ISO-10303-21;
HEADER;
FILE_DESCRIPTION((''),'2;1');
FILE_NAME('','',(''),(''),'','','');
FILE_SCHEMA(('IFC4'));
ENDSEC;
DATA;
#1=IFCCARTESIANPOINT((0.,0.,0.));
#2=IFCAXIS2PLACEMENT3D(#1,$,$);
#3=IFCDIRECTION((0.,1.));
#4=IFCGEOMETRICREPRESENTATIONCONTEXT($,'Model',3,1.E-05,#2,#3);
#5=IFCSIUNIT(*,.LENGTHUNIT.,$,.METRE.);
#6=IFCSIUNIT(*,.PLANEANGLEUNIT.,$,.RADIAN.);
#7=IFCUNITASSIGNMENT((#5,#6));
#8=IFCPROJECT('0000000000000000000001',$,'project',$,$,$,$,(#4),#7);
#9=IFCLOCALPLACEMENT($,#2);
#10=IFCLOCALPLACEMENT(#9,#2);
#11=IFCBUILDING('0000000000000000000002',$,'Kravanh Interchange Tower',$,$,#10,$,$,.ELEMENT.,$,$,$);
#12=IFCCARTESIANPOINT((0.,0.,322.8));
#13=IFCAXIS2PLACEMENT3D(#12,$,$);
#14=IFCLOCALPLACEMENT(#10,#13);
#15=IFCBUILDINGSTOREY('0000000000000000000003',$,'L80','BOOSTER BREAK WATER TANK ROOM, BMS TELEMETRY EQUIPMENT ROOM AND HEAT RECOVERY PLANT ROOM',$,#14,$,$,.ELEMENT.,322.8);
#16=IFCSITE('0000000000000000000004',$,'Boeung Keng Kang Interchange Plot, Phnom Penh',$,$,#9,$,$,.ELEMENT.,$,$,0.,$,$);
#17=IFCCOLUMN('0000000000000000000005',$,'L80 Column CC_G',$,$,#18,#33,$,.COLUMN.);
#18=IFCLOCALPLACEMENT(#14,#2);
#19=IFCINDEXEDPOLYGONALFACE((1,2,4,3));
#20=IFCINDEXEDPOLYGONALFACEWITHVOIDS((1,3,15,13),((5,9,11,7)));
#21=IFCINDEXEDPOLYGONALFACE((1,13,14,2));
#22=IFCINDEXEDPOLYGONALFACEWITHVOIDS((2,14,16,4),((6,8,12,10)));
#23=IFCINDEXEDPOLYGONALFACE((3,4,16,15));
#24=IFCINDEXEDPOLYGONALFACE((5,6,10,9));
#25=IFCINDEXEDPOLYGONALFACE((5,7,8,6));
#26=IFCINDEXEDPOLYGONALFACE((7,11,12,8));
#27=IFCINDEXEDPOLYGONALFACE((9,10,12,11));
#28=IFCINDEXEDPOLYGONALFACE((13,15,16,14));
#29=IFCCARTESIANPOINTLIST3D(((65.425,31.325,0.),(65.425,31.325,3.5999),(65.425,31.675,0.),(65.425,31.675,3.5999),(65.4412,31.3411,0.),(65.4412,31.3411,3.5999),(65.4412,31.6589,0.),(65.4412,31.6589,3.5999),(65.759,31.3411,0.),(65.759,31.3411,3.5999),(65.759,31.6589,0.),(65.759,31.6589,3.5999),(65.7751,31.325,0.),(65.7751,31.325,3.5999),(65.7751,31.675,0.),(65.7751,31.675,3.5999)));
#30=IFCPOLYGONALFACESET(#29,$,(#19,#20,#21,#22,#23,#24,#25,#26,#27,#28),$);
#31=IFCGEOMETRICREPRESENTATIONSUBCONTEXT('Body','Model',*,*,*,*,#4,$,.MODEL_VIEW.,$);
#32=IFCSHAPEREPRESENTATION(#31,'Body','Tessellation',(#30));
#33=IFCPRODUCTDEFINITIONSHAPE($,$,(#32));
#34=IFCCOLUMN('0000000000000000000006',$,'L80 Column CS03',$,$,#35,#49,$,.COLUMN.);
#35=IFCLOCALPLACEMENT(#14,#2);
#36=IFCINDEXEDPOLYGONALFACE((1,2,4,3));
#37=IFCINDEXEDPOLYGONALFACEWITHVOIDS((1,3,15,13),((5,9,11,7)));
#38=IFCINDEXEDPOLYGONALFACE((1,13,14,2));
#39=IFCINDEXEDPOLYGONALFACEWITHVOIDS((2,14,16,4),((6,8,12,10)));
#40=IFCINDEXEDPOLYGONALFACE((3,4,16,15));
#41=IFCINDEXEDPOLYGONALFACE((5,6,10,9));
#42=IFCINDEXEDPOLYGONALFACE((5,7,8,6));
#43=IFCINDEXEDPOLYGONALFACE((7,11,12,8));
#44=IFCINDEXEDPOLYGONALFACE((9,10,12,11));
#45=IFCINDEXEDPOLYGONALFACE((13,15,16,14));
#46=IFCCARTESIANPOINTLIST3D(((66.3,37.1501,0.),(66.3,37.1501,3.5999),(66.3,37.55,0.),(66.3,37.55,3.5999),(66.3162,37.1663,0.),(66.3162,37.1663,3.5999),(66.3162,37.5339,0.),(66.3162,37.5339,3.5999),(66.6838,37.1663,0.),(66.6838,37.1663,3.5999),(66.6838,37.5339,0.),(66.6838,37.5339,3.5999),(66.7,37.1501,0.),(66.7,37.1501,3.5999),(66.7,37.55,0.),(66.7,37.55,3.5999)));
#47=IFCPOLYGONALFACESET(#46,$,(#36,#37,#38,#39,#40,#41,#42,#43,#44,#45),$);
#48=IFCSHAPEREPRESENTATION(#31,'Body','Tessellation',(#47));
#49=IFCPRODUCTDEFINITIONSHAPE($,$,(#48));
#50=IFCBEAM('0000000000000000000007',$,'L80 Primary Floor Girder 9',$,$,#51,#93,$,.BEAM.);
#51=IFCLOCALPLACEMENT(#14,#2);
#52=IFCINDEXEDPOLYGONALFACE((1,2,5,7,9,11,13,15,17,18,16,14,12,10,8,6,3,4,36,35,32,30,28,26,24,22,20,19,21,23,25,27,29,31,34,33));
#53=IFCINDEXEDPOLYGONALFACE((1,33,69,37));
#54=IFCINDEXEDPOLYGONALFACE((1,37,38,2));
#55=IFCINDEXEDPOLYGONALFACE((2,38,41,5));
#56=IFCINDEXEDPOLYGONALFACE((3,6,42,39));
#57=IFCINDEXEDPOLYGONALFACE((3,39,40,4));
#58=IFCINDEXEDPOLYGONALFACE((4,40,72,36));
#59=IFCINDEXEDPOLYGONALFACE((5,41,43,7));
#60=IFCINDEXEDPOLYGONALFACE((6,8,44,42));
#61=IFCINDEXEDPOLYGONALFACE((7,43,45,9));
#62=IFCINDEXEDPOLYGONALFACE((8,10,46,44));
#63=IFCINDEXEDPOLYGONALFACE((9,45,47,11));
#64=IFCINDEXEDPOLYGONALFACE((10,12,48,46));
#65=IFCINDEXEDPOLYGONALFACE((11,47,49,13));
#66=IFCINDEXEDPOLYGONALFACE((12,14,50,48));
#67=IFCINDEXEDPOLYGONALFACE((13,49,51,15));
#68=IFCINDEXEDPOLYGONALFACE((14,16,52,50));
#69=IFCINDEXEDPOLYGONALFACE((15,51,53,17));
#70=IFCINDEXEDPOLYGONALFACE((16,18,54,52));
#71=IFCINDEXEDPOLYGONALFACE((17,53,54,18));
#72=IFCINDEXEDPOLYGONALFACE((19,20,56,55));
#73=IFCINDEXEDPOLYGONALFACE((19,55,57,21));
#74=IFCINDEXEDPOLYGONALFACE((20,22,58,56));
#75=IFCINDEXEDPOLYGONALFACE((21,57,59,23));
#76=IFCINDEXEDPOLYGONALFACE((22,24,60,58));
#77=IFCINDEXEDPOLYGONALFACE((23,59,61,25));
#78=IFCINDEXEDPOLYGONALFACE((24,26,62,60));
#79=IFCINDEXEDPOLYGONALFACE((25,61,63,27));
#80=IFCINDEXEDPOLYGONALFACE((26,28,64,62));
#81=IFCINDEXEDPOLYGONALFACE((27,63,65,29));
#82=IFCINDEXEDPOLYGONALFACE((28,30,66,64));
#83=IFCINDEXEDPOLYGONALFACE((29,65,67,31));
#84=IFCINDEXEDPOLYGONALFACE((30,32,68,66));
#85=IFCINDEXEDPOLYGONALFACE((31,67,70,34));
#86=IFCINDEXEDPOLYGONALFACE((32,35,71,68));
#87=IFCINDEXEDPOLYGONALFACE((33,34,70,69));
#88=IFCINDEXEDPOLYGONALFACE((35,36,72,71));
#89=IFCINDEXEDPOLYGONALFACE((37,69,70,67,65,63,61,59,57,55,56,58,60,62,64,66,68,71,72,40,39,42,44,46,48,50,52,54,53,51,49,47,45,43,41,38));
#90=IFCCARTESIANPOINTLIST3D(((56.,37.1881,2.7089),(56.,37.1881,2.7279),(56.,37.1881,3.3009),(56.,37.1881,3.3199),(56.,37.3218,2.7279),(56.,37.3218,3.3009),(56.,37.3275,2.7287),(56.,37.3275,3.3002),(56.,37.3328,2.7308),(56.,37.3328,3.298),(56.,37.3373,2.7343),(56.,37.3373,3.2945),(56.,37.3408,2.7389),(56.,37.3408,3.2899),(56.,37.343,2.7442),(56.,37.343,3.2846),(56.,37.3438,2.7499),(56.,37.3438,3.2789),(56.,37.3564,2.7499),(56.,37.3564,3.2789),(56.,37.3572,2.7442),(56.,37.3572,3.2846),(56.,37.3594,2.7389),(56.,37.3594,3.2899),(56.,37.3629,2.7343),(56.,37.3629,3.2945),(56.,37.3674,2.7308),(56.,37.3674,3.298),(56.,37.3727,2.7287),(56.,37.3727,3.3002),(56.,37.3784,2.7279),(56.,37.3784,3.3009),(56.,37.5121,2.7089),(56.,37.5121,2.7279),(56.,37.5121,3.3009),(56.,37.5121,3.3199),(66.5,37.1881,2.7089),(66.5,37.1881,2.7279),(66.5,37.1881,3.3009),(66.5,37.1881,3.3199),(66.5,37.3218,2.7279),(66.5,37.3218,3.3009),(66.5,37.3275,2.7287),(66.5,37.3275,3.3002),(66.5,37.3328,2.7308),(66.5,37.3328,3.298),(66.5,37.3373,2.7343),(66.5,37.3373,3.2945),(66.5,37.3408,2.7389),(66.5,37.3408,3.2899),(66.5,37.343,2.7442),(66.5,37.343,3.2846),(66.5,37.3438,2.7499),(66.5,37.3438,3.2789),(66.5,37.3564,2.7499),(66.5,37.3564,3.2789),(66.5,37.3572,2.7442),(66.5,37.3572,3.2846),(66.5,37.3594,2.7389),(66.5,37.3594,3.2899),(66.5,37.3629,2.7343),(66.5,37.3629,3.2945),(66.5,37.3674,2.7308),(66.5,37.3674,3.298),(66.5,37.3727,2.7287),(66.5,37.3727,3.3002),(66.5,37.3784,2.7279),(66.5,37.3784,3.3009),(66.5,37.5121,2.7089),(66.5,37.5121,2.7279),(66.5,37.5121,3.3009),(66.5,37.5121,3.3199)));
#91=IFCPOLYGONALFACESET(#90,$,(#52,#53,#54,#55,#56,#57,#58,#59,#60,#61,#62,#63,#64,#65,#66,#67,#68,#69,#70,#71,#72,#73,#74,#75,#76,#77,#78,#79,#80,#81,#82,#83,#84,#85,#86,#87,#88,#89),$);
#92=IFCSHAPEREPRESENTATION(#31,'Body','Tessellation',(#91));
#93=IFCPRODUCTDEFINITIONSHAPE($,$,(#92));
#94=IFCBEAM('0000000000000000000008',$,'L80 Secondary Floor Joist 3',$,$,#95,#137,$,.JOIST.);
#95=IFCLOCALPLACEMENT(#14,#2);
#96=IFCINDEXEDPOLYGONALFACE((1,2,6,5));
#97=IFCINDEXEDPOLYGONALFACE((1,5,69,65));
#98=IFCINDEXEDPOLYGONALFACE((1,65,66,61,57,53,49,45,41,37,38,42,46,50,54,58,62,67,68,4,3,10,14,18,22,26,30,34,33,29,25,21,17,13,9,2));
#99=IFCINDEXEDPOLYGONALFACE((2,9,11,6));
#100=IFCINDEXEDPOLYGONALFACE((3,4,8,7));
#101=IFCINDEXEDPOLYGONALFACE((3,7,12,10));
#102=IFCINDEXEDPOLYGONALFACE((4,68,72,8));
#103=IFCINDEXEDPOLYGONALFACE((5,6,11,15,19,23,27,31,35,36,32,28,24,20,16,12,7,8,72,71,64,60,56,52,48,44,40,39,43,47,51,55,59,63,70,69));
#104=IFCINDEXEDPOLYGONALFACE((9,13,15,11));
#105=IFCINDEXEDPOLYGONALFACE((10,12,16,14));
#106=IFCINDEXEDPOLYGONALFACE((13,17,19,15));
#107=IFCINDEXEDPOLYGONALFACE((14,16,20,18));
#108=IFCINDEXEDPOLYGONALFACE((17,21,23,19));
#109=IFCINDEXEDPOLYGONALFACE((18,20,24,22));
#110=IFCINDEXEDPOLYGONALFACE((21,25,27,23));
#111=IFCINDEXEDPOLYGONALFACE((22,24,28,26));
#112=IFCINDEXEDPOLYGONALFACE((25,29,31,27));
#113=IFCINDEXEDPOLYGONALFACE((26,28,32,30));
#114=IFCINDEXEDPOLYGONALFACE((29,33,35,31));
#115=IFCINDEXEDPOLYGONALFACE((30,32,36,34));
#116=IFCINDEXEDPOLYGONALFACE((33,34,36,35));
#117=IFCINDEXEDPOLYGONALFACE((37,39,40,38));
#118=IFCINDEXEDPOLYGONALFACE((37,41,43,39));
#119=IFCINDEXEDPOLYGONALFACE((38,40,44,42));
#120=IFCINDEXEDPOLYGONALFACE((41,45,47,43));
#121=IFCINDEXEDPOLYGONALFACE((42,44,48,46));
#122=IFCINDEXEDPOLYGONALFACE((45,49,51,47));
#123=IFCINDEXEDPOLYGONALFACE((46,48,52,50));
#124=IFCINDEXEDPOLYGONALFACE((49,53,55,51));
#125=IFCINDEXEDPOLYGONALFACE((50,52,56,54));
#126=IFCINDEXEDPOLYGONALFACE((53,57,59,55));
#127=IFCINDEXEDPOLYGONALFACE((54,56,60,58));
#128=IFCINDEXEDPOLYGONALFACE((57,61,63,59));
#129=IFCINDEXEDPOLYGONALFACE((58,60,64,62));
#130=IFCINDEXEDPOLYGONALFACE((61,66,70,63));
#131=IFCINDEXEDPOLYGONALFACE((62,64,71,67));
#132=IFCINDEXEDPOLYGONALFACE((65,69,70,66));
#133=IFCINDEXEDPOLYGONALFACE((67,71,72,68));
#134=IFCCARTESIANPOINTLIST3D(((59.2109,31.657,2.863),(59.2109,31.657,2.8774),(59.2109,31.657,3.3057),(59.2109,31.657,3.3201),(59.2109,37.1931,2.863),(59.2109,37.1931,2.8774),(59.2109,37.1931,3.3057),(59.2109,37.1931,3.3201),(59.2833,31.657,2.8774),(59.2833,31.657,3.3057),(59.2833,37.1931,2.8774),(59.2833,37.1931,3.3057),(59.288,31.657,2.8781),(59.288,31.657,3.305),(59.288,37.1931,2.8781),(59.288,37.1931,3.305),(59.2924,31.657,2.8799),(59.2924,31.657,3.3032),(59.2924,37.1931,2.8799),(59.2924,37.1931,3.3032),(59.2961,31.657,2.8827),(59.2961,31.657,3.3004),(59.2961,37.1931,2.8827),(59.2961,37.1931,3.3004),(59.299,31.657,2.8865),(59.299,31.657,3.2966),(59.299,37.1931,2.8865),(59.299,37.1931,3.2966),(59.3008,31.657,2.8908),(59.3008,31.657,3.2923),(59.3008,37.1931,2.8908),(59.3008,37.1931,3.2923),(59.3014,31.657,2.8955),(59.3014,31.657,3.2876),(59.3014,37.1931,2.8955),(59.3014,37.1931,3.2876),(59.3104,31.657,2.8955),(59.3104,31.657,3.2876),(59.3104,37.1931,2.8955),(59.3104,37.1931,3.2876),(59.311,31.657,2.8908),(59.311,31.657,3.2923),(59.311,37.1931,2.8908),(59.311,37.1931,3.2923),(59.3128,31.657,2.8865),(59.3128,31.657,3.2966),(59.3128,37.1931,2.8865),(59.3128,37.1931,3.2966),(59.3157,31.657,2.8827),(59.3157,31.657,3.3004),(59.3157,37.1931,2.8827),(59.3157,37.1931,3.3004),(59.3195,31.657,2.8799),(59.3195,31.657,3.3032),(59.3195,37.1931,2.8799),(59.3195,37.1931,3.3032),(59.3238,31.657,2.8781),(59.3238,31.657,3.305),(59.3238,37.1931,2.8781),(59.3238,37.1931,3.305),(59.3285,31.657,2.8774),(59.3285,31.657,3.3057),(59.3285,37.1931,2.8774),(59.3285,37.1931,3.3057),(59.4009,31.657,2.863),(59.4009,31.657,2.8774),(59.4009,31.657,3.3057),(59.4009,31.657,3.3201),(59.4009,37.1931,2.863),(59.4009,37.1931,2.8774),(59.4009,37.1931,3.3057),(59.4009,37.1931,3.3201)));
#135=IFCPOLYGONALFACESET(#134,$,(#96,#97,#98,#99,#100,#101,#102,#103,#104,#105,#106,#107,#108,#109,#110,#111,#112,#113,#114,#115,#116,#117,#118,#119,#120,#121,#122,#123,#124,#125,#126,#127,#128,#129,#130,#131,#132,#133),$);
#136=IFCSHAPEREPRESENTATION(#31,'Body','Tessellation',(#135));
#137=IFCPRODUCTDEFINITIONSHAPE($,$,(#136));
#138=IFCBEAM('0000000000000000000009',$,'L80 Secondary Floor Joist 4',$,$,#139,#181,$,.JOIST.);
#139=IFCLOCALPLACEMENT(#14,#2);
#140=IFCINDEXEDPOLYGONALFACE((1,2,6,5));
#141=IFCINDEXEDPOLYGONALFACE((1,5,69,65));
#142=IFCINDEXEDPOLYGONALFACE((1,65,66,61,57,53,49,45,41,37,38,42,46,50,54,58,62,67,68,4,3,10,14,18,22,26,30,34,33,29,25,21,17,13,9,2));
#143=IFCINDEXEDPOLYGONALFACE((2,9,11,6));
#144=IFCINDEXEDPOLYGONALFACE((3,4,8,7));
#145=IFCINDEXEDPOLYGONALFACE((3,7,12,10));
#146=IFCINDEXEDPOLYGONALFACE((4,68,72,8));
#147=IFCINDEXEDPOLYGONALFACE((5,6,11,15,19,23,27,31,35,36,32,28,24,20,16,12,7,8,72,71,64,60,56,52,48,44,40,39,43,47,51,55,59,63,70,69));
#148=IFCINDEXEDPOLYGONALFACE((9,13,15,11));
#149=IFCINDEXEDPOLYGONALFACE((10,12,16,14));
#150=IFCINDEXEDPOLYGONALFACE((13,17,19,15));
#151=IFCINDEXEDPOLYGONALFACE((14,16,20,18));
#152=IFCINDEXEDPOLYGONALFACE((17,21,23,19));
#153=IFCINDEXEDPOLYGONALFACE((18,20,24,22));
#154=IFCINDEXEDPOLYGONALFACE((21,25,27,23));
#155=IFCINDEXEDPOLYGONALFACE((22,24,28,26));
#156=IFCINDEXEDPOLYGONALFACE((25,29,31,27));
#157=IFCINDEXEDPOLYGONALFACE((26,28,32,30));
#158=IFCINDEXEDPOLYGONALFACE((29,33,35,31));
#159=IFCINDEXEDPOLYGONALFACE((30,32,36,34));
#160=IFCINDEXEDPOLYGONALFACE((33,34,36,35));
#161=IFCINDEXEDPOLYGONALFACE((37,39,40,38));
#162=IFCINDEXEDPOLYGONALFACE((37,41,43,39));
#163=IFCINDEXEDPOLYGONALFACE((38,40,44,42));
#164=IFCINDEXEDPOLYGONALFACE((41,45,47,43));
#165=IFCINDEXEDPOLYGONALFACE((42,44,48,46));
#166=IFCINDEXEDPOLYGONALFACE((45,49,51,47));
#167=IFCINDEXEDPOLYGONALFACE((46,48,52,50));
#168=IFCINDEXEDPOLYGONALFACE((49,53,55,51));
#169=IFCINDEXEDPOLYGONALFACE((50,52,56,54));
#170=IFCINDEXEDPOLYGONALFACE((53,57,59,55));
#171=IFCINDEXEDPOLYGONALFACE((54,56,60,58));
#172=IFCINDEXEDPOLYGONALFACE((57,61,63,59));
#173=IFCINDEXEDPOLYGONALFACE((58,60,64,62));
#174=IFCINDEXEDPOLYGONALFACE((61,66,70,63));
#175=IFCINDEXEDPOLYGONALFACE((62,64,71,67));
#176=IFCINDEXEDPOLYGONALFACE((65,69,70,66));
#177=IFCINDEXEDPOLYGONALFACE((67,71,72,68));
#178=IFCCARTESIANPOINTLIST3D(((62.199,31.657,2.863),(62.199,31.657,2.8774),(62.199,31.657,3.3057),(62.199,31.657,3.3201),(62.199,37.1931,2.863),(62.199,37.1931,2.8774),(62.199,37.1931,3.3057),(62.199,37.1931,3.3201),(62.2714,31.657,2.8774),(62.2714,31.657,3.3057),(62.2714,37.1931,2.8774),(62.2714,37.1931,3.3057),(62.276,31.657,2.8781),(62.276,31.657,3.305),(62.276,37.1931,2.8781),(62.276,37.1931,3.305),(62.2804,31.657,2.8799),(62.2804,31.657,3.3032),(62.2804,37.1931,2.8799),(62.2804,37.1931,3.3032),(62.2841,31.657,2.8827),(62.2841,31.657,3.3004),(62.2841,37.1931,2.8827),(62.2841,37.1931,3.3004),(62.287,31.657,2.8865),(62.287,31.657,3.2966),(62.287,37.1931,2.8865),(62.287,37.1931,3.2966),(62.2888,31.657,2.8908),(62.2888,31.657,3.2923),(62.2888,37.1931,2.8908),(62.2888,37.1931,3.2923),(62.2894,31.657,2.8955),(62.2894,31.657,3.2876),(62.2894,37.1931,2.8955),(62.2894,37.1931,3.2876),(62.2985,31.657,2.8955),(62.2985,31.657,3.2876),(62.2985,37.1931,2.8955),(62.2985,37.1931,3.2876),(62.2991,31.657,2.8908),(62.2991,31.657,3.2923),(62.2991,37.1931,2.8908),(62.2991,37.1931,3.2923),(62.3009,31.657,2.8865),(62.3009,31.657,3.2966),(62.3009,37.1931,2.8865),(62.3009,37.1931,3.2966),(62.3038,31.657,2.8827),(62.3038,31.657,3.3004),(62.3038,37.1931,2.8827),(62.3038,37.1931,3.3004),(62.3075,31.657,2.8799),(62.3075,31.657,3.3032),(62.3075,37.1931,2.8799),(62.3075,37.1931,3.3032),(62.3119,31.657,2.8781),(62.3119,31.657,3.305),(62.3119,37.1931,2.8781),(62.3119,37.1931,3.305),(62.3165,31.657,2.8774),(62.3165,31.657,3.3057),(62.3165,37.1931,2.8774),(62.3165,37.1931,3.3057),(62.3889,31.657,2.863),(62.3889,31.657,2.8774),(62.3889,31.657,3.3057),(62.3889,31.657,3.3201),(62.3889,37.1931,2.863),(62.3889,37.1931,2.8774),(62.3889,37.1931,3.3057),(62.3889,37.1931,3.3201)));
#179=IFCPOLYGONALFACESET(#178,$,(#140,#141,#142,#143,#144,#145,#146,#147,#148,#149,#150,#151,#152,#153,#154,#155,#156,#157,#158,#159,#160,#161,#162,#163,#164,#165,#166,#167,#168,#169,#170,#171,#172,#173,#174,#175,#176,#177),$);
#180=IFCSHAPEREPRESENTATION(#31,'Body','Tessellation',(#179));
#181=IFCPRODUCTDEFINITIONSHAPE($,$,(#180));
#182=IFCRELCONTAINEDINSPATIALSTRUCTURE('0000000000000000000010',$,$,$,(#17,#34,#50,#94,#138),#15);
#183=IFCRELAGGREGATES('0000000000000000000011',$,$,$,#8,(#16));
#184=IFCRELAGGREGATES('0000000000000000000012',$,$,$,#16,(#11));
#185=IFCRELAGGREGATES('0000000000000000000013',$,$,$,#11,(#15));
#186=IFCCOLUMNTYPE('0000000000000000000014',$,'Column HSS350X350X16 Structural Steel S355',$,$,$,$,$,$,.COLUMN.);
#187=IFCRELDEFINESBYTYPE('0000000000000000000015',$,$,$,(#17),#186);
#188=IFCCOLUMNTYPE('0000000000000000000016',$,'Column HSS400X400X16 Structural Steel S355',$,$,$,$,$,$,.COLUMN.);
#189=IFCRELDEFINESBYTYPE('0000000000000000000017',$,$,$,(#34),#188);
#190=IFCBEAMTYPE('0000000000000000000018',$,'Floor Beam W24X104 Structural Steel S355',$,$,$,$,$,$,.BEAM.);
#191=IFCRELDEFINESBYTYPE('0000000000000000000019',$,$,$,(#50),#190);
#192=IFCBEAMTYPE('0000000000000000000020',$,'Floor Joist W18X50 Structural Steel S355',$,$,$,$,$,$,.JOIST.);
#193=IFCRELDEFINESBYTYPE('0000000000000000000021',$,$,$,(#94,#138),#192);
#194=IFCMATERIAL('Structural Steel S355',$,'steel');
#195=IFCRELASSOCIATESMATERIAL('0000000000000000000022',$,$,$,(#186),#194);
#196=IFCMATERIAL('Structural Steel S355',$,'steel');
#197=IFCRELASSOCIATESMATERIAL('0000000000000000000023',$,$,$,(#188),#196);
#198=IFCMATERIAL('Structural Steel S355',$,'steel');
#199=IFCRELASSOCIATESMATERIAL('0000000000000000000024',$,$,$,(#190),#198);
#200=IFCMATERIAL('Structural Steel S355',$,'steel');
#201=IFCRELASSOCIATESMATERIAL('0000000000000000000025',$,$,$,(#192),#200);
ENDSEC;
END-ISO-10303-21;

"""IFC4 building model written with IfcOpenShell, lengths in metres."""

from ifc_helpers import new_model, si_unit, direction, frame, origin, origin_2d, place, context, subcontext, project, spatial, hollow_rectangle, i_section, extrude, material, material_profile, profile_set, type_object, element, save


model = new_model("IFC4")

# Units and contexts
model_context = context("Model", 3, precision=1e-05, world=origin(), true_north=direction((0.0, 1.0)))
body_context = subcontext(model_context, "Body", "Model", "MODEL_VIEW")
ifc_project = project(units=[si_unit("LENGTHUNIT", "METRE"), si_unit("PLANEANGLEUNIT", "RADIAN")], contexts=[model_context])

# Site, building, storey
site_placement = place(None, origin())
site = spatial("IfcSite", under=ifc_project, at=site_placement, Name="Boeung Keng Kang Interchange Plot, Phnom Penh", CompositionType="ELEMENT", RefElevation=0.0)
building_placement = place(site_placement, origin())
building = spatial("IfcBuilding", under=site, at=building_placement, Name="Kravanh Interchange Tower", CompositionType="ELEMENT")
storey_placement = place(building_placement, frame((0.0, 0.0, 322.8)))
storey = spatial("IfcBuildingStorey", under=building, at=storey_placement, Name="L80", Description="BOOSTER BREAK WATER TANK ROOM, BMS TELEMETRY EQUIPMENT ROOM AND HEAT RECOVERY PLANT ROOM", CompositionType="ELEMENT", Elevation=322.8)

# Columns
ifc_material_1 = material(Name="Structural Steel S355", Category="steel")
ifc_material_profile_1 = material_profile(ifc_material_1, hollow_rectangle(XDim=0.3501, YDim=0.3501, WallThickness=0.0161, at=origin_2d()), Name="HSS350X350X16")
ifc_profile_set_1 = profile_set([ifc_material_profile_1], Name="Structural Steel S355")
column_type_1 = type_object("IfcColumnType", Name="Column HSS350X350X16 Structural Steel S355", PredefinedType="COLUMN", material=ifc_profile_set_1)
column_1_placement = place(storey_placement, frame((65.6001, 31.5, 0.0), z_axis=(0.0, 0.0, 1.0), x_axis=(1.0, 0.0, 0.0)))
element("IfcColumn", 1, at=column_1_placement, inside=storey, type_object=column_type_1, Name="L80 Column CC_G", PredefinedType="COLUMN", context=body_context, shape_type="SweptSolid", body=[
    extrude(hollow_rectangle(XDim=0.3501, YDim=0.3501, WallThickness=0.0161, at=origin_2d()), origin(), (0.0, 0.0, 1.0), 3.5999),
])
ifc_material_2 = material(Name="Structural Steel S355", Category="steel")
ifc_material_profile_2 = material_profile(ifc_material_2, hollow_rectangle(XDim=0.3999, YDim=0.3999, WallThickness=0.0161, at=origin_2d()), Name="HSS400X400X16")
ifc_profile_set_2 = profile_set([ifc_material_profile_2], Name="Structural Steel S355")
column_type_2 = type_object("IfcColumnType", Name="Column HSS400X400X16 Structural Steel S355", PredefinedType="COLUMN", material=ifc_profile_set_2)
column_2_placement = place(storey_placement, frame((66.5, 37.3501, 0.0), z_axis=(0.0, 0.0, 1.0), x_axis=(1.0, 0.0, 0.0)))
element("IfcColumn", 2, at=column_2_placement, inside=storey, type_object=column_type_2, Name="L80 Column CS03", PredefinedType="COLUMN", context=body_context, shape_type="SweptSolid", body=[
    extrude(hollow_rectangle(XDim=0.3999, YDim=0.3999, WallThickness=0.0161, at=origin_2d()), origin(), (0.0, 0.0, 1.0), 3.5999),
])

# Beams
ifc_material_3 = material(Name="Structural Steel S355", Category="steel")
ifc_material_profile_3 = material_profile(ifc_material_3, i_section(OverallWidth=0.324, OverallDepth=0.6111, WebThickness=0.0127, FlangeThickness=0.019, FilletRadius=0.022, at=origin_2d()), Name="W24X104")
ifc_profile_set_3 = profile_set([ifc_material_profile_3], Name="Structural Steel S355")
beam_type_1 = type_object("IfcBeamType", Name="Floor Beam W24X104 Structural Steel S355", PredefinedType="BEAM", material=ifc_profile_set_3)
beam_placement = place(storey_placement, frame((66.5, 37.3501, 3.0144), z_axis=(-1.0, 0.0, 0.0), x_axis=(0.0, -1.0, 0.0)))
element("IfcBeam", 3, at=beam_placement, inside=storey, type_object=beam_type_1, Name="L80 Primary Floor Girder 9", PredefinedType="BEAM", context=body_context, shape_type="SweptSolid", body=[
    extrude(i_section(OverallWidth=0.324, OverallDepth=0.6111, WebThickness=0.0127, FlangeThickness=0.019, FilletRadius=0.022, at=origin_2d()), origin(), (0.0, 0.0, 1.0), 10.5),
])
ifc_material_4 = material(Name="Structural Steel S355", Category="steel")
ifc_material_profile_4 = material_profile(ifc_material_4, i_section(OverallWidth=0.1899, OverallDepth=0.457, WebThickness=0.009, FlangeThickness=0.0144, FilletRadius=0.0181, at=origin_2d()), Name="W18X50")
ifc_profile_set_4 = profile_set([ifc_material_profile_4], Name="Structural Steel S355")
beam_type_2 = type_object("IfcBeamType", Name="Floor Joist W18X50 Structural Steel S355", PredefinedType="JOIST", material=ifc_profile_set_4)
for number, where, z_axis, x_axis, name in (
    (4, (59.3059, 31.657, 3.0916), (0.0, 1.0, 0.0), (-1.0, 0.0, 0.0), "L80 Secondary Floor Joist 3"),
    (5, (62.2939, 31.657, 3.0916), (0.0, 1.0, 0.0), (-1.0, 0.0, 0.0), "L80 Secondary Floor Joist 4"),
):
    element("IfcBeam", number, at=place(storey_placement, frame(where, z_axis=z_axis, x_axis=x_axis)), inside=storey, type_object=beam_type_2, Name=name, PredefinedType="JOIST", context=body_context, shape_type="SweptSolid", body=[
        extrude(i_section(OverallWidth=0.1899, OverallDepth=0.457, WebThickness=0.009, FlangeThickness=0.0144, FilletRadius=0.0181, at=origin_2d()), origin(), (0.0, 0.0, 1.0), 5.5361),
    ])

save(model, "model.ifc")
